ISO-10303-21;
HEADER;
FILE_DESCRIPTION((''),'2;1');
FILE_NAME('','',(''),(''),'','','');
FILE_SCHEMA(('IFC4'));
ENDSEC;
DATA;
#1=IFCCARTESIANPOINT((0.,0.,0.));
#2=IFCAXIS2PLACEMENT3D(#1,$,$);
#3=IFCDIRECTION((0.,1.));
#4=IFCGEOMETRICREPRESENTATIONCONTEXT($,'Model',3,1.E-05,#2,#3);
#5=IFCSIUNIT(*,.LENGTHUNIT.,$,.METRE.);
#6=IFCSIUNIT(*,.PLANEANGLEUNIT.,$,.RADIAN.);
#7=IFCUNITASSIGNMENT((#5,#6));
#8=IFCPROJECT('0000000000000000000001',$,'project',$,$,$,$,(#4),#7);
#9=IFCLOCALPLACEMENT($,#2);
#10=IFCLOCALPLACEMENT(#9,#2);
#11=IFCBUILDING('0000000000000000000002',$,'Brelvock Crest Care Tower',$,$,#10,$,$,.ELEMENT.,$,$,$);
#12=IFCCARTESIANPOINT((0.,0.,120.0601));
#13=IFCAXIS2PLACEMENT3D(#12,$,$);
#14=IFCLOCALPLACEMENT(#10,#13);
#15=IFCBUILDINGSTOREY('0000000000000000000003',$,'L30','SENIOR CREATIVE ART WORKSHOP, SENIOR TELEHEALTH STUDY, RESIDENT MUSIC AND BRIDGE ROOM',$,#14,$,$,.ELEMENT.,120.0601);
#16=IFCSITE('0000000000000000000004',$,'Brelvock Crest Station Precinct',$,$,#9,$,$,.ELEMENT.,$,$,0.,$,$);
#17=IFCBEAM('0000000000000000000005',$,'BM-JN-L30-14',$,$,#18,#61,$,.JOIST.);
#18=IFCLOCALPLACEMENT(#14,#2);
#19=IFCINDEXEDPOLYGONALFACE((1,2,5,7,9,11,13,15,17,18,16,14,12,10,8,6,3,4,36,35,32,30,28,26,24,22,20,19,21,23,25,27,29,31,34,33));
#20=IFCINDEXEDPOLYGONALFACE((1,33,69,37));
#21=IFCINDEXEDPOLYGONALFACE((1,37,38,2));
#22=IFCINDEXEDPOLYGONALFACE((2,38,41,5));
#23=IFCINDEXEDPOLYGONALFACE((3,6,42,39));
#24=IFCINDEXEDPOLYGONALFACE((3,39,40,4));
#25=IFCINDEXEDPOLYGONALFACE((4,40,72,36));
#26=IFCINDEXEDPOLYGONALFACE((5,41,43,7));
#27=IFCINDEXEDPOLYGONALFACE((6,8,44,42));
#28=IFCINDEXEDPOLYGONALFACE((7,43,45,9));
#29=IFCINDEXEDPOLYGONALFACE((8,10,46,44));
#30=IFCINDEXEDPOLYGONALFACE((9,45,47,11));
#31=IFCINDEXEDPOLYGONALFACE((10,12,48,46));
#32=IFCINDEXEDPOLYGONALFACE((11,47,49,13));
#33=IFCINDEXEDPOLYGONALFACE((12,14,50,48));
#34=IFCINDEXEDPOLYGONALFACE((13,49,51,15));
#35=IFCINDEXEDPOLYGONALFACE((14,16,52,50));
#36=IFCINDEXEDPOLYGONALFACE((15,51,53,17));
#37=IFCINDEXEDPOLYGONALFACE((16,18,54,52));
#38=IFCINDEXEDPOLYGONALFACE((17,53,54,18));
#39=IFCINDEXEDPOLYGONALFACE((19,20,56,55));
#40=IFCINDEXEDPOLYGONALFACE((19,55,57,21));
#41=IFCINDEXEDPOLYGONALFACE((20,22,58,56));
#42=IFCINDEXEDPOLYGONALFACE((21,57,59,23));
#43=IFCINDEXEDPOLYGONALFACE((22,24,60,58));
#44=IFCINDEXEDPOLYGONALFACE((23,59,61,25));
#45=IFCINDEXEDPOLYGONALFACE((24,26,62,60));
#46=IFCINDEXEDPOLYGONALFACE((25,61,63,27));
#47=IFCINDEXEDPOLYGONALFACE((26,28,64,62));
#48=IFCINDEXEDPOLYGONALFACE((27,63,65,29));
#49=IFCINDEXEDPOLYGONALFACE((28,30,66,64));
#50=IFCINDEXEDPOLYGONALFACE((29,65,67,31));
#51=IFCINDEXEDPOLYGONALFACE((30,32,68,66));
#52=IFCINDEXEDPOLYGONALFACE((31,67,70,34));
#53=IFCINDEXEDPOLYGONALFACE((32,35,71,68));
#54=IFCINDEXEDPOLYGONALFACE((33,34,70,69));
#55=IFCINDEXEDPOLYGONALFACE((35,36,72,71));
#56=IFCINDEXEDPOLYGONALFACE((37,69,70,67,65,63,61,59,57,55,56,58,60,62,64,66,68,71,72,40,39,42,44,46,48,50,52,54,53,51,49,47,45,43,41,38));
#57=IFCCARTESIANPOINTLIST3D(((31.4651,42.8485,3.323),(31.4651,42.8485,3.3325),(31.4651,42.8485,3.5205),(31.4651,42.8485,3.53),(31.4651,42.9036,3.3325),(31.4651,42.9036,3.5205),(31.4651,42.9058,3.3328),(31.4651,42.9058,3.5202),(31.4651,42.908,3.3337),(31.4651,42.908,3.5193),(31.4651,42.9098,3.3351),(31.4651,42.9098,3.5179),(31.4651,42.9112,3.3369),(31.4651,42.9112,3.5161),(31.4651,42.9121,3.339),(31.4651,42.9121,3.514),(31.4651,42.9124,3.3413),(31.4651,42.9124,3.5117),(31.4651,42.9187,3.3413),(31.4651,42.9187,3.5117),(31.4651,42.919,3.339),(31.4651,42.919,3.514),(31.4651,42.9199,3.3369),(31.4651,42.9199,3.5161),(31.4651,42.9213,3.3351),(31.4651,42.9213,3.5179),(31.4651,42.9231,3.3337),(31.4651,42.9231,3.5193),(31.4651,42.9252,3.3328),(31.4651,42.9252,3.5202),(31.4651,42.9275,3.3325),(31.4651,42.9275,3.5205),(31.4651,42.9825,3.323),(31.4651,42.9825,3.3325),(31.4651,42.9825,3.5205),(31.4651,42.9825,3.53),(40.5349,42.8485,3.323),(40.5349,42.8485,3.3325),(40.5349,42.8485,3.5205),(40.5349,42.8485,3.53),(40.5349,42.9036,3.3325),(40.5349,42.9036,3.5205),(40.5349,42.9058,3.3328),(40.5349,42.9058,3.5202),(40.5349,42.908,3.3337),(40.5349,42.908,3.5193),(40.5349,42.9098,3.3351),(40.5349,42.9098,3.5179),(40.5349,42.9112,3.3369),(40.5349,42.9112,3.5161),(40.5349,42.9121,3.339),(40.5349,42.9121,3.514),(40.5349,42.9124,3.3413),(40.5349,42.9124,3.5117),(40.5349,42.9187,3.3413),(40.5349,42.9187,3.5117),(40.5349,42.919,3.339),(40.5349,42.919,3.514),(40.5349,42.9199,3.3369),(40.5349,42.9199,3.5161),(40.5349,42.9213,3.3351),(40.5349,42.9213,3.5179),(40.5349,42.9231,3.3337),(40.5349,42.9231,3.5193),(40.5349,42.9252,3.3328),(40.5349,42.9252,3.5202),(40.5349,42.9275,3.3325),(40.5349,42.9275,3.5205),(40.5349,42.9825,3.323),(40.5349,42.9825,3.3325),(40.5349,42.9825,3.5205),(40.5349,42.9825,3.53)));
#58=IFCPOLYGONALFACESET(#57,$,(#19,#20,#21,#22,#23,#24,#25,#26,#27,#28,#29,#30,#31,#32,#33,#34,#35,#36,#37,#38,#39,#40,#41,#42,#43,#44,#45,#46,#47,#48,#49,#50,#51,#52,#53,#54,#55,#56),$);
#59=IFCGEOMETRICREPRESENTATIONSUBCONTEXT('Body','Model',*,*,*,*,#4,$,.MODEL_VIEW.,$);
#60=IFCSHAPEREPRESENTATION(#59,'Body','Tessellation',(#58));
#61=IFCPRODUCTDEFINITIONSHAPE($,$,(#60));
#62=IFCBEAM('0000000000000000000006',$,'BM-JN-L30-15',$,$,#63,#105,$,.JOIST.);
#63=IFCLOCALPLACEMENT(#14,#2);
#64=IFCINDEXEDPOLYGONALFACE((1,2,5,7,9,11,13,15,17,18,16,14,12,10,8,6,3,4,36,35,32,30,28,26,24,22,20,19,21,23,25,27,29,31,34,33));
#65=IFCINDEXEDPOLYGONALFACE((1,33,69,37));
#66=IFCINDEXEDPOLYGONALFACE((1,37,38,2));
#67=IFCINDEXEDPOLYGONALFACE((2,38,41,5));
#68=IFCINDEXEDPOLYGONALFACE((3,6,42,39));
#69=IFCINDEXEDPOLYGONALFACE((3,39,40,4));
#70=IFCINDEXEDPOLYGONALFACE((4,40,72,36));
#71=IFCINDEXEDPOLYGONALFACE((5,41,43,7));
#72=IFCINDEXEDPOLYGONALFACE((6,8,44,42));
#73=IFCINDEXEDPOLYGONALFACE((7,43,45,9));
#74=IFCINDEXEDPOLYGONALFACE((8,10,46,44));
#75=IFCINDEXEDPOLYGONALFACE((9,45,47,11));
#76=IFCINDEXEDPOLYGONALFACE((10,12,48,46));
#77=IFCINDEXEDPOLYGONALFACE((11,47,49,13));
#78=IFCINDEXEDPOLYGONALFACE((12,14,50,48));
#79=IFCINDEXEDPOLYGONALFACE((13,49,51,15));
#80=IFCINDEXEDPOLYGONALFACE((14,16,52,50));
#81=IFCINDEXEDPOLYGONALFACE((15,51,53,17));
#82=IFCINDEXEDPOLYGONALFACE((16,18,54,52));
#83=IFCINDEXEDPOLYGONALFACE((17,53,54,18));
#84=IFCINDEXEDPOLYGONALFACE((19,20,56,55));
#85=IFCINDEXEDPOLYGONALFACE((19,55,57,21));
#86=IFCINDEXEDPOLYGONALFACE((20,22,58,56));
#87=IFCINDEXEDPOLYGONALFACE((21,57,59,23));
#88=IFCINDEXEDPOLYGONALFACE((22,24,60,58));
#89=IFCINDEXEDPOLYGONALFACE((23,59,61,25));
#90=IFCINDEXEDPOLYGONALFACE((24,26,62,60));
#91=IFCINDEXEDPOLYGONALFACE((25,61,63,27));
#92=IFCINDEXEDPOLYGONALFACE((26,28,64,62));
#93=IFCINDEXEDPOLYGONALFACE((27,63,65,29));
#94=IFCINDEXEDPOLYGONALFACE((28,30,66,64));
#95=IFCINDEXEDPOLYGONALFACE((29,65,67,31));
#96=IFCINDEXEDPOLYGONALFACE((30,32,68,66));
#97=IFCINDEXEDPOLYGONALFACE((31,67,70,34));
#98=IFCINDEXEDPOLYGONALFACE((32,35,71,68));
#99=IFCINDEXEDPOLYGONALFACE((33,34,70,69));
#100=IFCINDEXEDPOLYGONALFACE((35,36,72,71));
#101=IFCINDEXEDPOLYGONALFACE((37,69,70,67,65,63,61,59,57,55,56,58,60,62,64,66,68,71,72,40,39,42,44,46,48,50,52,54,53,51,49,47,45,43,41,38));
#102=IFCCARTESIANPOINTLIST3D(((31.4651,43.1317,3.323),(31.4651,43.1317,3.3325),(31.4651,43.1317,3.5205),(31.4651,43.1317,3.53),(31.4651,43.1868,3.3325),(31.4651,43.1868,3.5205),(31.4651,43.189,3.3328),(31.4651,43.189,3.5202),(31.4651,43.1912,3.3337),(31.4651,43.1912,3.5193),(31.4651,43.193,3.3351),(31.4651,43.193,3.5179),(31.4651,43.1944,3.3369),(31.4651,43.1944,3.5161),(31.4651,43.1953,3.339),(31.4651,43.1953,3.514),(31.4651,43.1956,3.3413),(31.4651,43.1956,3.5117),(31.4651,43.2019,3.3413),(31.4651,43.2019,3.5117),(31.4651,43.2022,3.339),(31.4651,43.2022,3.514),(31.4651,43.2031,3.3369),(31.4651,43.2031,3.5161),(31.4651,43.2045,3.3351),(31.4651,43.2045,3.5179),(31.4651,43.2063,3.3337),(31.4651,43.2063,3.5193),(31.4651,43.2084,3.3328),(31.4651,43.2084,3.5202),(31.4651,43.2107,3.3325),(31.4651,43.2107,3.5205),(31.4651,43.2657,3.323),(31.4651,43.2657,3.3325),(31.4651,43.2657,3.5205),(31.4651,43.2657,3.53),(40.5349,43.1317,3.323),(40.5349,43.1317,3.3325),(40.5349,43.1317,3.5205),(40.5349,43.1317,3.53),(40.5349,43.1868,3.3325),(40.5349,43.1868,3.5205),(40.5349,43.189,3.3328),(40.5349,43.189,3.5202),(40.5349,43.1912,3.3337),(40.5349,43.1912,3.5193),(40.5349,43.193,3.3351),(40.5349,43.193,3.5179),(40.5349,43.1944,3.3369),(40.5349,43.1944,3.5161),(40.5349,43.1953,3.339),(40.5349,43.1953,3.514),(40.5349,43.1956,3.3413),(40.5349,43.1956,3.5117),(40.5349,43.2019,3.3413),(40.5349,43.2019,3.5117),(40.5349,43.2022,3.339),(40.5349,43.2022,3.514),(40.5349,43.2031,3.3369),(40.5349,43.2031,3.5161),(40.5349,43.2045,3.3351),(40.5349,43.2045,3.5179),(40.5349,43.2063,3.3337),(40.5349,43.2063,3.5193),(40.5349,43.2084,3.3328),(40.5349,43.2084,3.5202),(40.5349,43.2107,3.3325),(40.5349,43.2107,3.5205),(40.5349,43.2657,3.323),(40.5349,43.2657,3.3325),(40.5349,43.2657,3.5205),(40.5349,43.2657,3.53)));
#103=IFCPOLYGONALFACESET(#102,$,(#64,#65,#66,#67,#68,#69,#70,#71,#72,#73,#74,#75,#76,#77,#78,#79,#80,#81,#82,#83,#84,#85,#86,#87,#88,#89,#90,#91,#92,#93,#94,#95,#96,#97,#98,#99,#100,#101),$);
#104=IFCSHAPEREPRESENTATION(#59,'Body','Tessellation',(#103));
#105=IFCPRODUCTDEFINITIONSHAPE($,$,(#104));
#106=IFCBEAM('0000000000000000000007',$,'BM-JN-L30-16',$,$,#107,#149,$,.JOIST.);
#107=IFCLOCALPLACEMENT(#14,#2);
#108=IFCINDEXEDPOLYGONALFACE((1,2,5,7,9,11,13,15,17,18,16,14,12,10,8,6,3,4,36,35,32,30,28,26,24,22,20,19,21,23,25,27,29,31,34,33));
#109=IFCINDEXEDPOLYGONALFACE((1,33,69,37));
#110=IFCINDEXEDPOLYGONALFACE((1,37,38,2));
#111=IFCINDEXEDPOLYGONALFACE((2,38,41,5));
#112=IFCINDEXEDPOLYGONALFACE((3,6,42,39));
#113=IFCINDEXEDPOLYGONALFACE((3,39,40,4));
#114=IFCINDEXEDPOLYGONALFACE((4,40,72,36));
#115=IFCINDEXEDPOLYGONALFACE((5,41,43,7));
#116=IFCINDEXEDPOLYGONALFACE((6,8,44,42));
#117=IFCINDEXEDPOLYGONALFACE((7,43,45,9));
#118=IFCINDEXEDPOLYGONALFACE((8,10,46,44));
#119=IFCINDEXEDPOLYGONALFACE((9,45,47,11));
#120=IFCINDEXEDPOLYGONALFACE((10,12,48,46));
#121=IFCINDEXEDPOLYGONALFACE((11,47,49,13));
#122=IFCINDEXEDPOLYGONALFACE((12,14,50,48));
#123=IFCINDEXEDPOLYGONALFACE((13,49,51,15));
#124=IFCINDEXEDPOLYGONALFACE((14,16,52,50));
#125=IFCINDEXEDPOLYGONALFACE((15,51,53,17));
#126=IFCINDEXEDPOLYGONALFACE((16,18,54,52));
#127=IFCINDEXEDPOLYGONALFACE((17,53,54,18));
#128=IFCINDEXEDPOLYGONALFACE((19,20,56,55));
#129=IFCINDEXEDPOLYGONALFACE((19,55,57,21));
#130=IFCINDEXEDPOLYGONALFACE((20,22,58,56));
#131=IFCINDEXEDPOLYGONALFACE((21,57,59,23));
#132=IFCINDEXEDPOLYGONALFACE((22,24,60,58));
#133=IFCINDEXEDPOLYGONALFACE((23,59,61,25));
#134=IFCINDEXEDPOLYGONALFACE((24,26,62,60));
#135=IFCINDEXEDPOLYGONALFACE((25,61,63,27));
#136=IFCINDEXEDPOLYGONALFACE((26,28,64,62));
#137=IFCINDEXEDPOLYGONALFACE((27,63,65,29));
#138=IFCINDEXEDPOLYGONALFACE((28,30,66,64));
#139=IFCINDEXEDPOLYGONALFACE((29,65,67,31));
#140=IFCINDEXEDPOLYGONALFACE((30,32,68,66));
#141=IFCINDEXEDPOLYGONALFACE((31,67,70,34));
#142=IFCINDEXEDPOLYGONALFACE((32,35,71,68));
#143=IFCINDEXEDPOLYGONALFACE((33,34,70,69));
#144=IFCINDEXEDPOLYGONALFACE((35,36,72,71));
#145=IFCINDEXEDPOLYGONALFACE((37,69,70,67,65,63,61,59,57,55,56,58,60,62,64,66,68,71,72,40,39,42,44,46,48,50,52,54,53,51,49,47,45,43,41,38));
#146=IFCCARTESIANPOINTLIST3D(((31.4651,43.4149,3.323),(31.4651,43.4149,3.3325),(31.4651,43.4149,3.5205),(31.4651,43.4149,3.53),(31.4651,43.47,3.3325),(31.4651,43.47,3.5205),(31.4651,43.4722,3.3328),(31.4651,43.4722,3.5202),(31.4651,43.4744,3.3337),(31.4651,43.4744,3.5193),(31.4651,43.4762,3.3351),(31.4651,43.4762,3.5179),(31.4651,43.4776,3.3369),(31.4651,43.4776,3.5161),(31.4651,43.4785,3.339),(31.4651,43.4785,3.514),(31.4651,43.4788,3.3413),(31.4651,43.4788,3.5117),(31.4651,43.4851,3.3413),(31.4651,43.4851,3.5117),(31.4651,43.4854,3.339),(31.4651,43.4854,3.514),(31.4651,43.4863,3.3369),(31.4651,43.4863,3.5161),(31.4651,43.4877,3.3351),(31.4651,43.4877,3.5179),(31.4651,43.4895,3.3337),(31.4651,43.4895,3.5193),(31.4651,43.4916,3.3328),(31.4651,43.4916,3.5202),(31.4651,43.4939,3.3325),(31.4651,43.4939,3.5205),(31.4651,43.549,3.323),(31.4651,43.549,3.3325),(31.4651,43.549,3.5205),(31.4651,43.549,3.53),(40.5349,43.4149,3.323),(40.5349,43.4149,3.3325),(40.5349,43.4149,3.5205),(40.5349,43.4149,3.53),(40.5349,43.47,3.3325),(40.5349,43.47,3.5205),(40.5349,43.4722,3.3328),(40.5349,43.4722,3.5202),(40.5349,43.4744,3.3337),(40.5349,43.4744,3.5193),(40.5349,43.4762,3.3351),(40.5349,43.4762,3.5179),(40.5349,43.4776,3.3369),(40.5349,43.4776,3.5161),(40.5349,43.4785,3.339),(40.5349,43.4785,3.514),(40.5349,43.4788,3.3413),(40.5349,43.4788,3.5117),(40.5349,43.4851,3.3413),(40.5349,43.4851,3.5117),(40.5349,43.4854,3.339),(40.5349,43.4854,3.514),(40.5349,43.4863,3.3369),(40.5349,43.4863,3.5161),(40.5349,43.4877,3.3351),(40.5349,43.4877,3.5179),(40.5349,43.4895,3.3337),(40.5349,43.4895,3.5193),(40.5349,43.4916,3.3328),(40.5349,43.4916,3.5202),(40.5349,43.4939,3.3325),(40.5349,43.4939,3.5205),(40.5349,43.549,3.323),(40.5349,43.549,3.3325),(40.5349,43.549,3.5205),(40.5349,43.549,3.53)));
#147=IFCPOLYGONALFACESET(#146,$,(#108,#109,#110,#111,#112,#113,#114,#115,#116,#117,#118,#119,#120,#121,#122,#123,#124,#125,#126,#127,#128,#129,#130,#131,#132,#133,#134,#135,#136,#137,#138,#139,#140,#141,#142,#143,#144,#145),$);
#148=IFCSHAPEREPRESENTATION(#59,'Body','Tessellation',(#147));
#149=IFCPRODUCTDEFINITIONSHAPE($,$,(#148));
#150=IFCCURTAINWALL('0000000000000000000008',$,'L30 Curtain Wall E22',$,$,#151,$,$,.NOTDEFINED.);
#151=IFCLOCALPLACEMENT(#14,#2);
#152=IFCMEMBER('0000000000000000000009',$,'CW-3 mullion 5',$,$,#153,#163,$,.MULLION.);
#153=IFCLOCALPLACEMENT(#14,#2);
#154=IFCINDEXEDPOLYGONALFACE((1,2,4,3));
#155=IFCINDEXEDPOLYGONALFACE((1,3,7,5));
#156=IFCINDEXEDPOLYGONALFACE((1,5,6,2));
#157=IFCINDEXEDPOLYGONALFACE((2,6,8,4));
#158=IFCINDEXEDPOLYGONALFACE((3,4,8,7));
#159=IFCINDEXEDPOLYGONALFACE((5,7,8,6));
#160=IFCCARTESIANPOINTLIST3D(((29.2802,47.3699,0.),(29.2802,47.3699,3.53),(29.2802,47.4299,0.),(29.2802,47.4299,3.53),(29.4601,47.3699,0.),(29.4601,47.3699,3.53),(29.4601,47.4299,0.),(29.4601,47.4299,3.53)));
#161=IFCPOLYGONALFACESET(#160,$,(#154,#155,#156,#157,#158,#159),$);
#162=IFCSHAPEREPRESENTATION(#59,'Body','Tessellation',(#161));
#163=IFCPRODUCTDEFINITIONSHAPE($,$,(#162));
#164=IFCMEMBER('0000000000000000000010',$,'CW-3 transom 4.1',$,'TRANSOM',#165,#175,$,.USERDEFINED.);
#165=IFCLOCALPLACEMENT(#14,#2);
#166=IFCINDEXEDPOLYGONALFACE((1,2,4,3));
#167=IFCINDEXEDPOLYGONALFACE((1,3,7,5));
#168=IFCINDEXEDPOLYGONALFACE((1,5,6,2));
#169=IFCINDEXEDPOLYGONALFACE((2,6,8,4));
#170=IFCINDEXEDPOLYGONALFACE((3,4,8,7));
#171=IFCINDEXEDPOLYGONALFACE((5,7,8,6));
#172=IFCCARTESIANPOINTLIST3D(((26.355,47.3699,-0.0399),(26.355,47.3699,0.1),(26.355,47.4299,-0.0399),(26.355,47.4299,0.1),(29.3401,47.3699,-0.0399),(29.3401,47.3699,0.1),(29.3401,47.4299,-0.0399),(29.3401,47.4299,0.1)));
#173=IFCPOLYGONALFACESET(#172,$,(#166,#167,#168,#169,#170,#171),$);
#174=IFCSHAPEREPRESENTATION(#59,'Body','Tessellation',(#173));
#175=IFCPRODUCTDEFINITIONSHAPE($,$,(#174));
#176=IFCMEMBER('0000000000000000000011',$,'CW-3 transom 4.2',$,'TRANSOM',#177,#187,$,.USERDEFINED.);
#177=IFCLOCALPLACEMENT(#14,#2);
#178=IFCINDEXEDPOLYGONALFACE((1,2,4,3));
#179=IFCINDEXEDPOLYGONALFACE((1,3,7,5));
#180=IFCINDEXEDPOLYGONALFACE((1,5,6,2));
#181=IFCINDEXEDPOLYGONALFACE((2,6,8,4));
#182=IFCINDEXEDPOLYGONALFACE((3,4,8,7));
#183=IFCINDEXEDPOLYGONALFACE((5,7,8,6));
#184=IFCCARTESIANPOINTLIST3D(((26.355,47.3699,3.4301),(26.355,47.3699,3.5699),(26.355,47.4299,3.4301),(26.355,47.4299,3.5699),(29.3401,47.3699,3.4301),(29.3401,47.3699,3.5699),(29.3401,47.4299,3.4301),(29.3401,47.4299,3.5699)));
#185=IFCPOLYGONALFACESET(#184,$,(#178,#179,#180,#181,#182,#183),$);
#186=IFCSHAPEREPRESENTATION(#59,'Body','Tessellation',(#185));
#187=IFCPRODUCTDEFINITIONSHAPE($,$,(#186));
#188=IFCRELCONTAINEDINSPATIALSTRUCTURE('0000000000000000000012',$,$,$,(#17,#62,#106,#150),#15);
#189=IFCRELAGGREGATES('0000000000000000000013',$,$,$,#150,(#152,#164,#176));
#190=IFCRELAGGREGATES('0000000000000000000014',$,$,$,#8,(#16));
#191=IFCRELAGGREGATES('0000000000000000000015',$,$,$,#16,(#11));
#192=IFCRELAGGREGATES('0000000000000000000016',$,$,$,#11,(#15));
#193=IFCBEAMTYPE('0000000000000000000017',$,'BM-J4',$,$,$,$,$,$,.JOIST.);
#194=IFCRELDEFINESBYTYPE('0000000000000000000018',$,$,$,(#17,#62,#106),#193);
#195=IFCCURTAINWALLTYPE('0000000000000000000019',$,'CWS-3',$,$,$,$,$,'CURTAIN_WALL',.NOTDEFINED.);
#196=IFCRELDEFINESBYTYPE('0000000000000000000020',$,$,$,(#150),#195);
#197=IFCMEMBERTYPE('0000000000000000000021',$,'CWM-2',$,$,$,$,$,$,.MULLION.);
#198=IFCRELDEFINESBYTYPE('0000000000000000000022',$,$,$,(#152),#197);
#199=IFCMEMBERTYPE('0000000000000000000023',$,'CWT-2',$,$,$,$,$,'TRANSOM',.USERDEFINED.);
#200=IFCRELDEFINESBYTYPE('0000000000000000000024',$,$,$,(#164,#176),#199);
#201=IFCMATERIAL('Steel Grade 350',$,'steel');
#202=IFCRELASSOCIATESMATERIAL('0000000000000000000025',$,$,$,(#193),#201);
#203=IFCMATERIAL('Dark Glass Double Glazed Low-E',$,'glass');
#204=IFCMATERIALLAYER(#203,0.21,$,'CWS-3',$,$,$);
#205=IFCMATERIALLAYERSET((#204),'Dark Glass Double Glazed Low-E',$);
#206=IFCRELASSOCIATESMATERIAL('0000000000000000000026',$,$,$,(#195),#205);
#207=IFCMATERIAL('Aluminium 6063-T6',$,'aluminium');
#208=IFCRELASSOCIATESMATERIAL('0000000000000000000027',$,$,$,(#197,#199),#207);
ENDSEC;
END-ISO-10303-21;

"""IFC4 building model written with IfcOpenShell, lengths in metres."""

from ifc_helpers import new_model, si_unit, direction, frame, origin, origin_2d, place, context, subcontext, project, spatial, rectangle, i_section, extrude, source, transform, mapped, material, layer, layer_set, material_profile, profile_set, type_object, element, aggregate, save


model = new_model("IFC4")

# Units and contexts
model_context = context("Model", 3, precision=1e-05, world=origin(), true_north=direction((0.0, 1.0)))
body_context = subcontext(model_context, "Body", "Model", "MODEL_VIEW")
ifc_project = project(units=[si_unit("LENGTHUNIT", "METRE"), si_unit("PLANEANGLEUNIT", "RADIAN")], contexts=[model_context])

# Site, building, storey
site_placement = place(None, origin())
site = spatial("IfcSite", under=ifc_project, at=site_placement, Name="Brelvock Crest Station Precinct", CompositionType="ELEMENT", RefElevation=0.0)
building_placement = place(site_placement, origin())
building = spatial("IfcBuilding", under=site, at=building_placement, Name="Brelvock Crest Care Tower", CompositionType="ELEMENT")
storey_placement = place(building_placement, frame((0.0, 0.0, 120.0601)))
storey = spatial("IfcBuildingStorey", under=building, at=storey_placement, Name="L30", Description="SENIOR CREATIVE ART WORKSHOP, SENIOR TELEHEALTH STUDY, RESIDENT MUSIC AND BRIDGE ROOM", CompositionType="ELEMENT", Elevation=120.0601)

# Shared definitions
ifc_material_1 = material(Name="Steel Grade 350", Category="steel")

# Beams
ifc_material_profile_1 = material_profile(ifc_material_1, i_section(OverallWidth=0.134, OverallDepth=0.207, WebThickness=0.0063, FlangeThickness=0.0095, FilletRadius=0.0088, at=origin_2d()), Name="200UB29.8")
ifc_profile_set_1 = profile_set([ifc_material_profile_1], Name="Steel Grade 350")
beam_type_1 = type_object("IfcBeamType", Name="BM-J4", PredefinedType="JOIST", material=ifc_profile_set_1)
shared_shape_1 = source(origin(), body_context, "Body", "SweptSolid", [
    extrude(i_section(OverallWidth=0.134, OverallDepth=0.207, WebThickness=0.0063, FlangeThickness=0.0095, FilletRadius=0.0088, at=origin_2d()), origin(), (0.0, 0.0, 1.0), 9.0698),
])
for number, where, z_axis, x_axis, name in (
    (1, (31.4651, 42.9155, 3.4265), (1.0, 0.0, 0.0), (0.0, 1.0, 0.0), "BM-JN-L30-14"),
    (2, (31.4651, 43.1987, 3.4265), (1.0, 0.0, 0.0), (0.0, 1.0, 0.0), "BM-JN-L30-15"),
    (3, (31.4651, 43.4819, 3.4265), (1.0, 0.0, 0.0), (0.0, 1.0, 0.0), "BM-JN-L30-16"),
):
    element("IfcBeam", number, at=place(storey_placement, frame(where, z_axis=z_axis, x_axis=x_axis)), inside=storey, type_object=beam_type_1, Name=name, PredefinedType="JOIST", context=body_context, shape_type="MappedRepresentation", body=[
        mapped(shared_shape_1, transform((0.0, 0.0, 0.0), x_axis=(1.0, 0.0, 0.0), y_axis=(0.0, 1.0, 0.0), z_axis=(0.0, 0.0, 1.0), scale=1.0)),
    ])

# Curtain wall, members
ifc_material_2 = material(Name="Dark Glass Double Glazed Low-E", Category="glass")
ifc_layer_1 = layer(ifc_material_2, 0.21, Name="CWS-3")
ifc_layer_set_1 = layer_set([ifc_layer_1], Name="Dark Glass Double Glazed Low-E")
curtain_wall_type = type_object("IfcCurtainWallType", Name="CWS-3", ElementType="CURTAIN_WALL", PredefinedType="NOTDEFINED", material=ifc_layer_set_1)
curtain_wall_placement = place(storey_placement, origin())
curtain_wall = element("IfcCurtainWall", 4, at=curtain_wall_placement, inside=storey, type_object=curtain_wall_type, Name="L30 Curtain Wall E22", PredefinedType="NOTDEFINED")
ifc_material_3 = material(Name="Aluminium 6063-T6", Category="aluminium")
ifc_material_profile_2 = material_profile(ifc_material_3, rectangle(XDim=0.0601, YDim=0.1799, at=origin_2d()), Name="ALU60x180")
ifc_profile_set_2 = profile_set([ifc_material_profile_2], Name="Aluminium 6063-T6")
member_type_1 = type_object("IfcMemberType", Name="CWM-2", PredefinedType="MULLION", material=ifc_profile_set_2)
shared_shape_2 = source(origin(), body_context, "Body", "SweptSolid", [
    extrude(rectangle(XDim=0.0601, YDim=0.1799, at=origin_2d()), origin(), (0.0, 0.0, 1.0), 3.53),
])
member_1_placement = place(storey_placement, frame((29.3701, 47.3999, 0.0), z_axis=(0.0, 0.0, 1.0), x_axis=(0.0, 1.0, 0.0)))
member_1 = element("IfcMember", 5, at=member_1_placement, type_object=member_type_1, Name="CW-3 mullion 5", PredefinedType="MULLION", context=body_context, shape_type="MappedRepresentation", body=[
    mapped(shared_shape_2, transform((0.0, 0.0, 0.0), x_axis=(1.0, 0.0, 0.0), y_axis=(0.0, 1.0, 0.0), z_axis=(0.0, 0.0, 1.0), scale=1.0)),
])
ifc_material_profile_3 = material_profile(ifc_material_3, rectangle(XDim=0.0601, YDim=0.1399, at=origin_2d()), Name="ALU60x140")
ifc_profile_set_3 = profile_set([ifc_material_profile_3], Name="Aluminium 6063-T6")
member_type_2 = type_object("IfcMemberType", Name="CWT-2", ElementType="TRANSOM", PredefinedType="USERDEFINED", material=ifc_profile_set_3)
shared_shape_3 = source(origin(), body_context, "Body", "SweptSolid", [
    extrude(rectangle(XDim=0.0601, YDim=0.1399, at=origin_2d()), origin(), (0.0, 0.0, 1.0), 2.9851),
])
member_2_placement = place(storey_placement, frame((26.355, 47.3999, 0.03), z_axis=(1.0, 0.0, 0.0), x_axis=(0.0, 1.0, 0.0)))
member_2 = element("IfcMember", 6, at=member_2_placement, type_object=member_type_2, Name="CW-3 transom 4.1", ObjectType="TRANSOM", PredefinedType="USERDEFINED", context=body_context, shape_type="MappedRepresentation", body=[
    mapped(shared_shape_3, transform((0.0, 0.0, 0.0), x_axis=(1.0, 0.0, 0.0), y_axis=(0.0, 1.0, 0.0), z_axis=(0.0, 0.0, 1.0), scale=1.0)),
])
member_3_placement = place(storey_placement, frame((26.355, 47.3999, 3.5), z_axis=(1.0, 0.0, 0.0), x_axis=(0.0, 1.0, 0.0)))
member_3 = element("IfcMember", 7, at=member_3_placement, type_object=member_type_2, Name="CW-3 transom 4.2", ObjectType="TRANSOM", PredefinedType="USERDEFINED", context=body_context, shape_type="MappedRepresentation", body=[
    mapped(shared_shape_3, transform((0.0, 0.0, 0.0), x_axis=(1.0, 0.0, 0.0), y_axis=(0.0, 1.0, 0.0), z_axis=(0.0, 0.0, 1.0), scale=1.0)),
])
aggregate(curtain_wall, [member_1, member_2, member_3])

save(model, "model.ifc")
